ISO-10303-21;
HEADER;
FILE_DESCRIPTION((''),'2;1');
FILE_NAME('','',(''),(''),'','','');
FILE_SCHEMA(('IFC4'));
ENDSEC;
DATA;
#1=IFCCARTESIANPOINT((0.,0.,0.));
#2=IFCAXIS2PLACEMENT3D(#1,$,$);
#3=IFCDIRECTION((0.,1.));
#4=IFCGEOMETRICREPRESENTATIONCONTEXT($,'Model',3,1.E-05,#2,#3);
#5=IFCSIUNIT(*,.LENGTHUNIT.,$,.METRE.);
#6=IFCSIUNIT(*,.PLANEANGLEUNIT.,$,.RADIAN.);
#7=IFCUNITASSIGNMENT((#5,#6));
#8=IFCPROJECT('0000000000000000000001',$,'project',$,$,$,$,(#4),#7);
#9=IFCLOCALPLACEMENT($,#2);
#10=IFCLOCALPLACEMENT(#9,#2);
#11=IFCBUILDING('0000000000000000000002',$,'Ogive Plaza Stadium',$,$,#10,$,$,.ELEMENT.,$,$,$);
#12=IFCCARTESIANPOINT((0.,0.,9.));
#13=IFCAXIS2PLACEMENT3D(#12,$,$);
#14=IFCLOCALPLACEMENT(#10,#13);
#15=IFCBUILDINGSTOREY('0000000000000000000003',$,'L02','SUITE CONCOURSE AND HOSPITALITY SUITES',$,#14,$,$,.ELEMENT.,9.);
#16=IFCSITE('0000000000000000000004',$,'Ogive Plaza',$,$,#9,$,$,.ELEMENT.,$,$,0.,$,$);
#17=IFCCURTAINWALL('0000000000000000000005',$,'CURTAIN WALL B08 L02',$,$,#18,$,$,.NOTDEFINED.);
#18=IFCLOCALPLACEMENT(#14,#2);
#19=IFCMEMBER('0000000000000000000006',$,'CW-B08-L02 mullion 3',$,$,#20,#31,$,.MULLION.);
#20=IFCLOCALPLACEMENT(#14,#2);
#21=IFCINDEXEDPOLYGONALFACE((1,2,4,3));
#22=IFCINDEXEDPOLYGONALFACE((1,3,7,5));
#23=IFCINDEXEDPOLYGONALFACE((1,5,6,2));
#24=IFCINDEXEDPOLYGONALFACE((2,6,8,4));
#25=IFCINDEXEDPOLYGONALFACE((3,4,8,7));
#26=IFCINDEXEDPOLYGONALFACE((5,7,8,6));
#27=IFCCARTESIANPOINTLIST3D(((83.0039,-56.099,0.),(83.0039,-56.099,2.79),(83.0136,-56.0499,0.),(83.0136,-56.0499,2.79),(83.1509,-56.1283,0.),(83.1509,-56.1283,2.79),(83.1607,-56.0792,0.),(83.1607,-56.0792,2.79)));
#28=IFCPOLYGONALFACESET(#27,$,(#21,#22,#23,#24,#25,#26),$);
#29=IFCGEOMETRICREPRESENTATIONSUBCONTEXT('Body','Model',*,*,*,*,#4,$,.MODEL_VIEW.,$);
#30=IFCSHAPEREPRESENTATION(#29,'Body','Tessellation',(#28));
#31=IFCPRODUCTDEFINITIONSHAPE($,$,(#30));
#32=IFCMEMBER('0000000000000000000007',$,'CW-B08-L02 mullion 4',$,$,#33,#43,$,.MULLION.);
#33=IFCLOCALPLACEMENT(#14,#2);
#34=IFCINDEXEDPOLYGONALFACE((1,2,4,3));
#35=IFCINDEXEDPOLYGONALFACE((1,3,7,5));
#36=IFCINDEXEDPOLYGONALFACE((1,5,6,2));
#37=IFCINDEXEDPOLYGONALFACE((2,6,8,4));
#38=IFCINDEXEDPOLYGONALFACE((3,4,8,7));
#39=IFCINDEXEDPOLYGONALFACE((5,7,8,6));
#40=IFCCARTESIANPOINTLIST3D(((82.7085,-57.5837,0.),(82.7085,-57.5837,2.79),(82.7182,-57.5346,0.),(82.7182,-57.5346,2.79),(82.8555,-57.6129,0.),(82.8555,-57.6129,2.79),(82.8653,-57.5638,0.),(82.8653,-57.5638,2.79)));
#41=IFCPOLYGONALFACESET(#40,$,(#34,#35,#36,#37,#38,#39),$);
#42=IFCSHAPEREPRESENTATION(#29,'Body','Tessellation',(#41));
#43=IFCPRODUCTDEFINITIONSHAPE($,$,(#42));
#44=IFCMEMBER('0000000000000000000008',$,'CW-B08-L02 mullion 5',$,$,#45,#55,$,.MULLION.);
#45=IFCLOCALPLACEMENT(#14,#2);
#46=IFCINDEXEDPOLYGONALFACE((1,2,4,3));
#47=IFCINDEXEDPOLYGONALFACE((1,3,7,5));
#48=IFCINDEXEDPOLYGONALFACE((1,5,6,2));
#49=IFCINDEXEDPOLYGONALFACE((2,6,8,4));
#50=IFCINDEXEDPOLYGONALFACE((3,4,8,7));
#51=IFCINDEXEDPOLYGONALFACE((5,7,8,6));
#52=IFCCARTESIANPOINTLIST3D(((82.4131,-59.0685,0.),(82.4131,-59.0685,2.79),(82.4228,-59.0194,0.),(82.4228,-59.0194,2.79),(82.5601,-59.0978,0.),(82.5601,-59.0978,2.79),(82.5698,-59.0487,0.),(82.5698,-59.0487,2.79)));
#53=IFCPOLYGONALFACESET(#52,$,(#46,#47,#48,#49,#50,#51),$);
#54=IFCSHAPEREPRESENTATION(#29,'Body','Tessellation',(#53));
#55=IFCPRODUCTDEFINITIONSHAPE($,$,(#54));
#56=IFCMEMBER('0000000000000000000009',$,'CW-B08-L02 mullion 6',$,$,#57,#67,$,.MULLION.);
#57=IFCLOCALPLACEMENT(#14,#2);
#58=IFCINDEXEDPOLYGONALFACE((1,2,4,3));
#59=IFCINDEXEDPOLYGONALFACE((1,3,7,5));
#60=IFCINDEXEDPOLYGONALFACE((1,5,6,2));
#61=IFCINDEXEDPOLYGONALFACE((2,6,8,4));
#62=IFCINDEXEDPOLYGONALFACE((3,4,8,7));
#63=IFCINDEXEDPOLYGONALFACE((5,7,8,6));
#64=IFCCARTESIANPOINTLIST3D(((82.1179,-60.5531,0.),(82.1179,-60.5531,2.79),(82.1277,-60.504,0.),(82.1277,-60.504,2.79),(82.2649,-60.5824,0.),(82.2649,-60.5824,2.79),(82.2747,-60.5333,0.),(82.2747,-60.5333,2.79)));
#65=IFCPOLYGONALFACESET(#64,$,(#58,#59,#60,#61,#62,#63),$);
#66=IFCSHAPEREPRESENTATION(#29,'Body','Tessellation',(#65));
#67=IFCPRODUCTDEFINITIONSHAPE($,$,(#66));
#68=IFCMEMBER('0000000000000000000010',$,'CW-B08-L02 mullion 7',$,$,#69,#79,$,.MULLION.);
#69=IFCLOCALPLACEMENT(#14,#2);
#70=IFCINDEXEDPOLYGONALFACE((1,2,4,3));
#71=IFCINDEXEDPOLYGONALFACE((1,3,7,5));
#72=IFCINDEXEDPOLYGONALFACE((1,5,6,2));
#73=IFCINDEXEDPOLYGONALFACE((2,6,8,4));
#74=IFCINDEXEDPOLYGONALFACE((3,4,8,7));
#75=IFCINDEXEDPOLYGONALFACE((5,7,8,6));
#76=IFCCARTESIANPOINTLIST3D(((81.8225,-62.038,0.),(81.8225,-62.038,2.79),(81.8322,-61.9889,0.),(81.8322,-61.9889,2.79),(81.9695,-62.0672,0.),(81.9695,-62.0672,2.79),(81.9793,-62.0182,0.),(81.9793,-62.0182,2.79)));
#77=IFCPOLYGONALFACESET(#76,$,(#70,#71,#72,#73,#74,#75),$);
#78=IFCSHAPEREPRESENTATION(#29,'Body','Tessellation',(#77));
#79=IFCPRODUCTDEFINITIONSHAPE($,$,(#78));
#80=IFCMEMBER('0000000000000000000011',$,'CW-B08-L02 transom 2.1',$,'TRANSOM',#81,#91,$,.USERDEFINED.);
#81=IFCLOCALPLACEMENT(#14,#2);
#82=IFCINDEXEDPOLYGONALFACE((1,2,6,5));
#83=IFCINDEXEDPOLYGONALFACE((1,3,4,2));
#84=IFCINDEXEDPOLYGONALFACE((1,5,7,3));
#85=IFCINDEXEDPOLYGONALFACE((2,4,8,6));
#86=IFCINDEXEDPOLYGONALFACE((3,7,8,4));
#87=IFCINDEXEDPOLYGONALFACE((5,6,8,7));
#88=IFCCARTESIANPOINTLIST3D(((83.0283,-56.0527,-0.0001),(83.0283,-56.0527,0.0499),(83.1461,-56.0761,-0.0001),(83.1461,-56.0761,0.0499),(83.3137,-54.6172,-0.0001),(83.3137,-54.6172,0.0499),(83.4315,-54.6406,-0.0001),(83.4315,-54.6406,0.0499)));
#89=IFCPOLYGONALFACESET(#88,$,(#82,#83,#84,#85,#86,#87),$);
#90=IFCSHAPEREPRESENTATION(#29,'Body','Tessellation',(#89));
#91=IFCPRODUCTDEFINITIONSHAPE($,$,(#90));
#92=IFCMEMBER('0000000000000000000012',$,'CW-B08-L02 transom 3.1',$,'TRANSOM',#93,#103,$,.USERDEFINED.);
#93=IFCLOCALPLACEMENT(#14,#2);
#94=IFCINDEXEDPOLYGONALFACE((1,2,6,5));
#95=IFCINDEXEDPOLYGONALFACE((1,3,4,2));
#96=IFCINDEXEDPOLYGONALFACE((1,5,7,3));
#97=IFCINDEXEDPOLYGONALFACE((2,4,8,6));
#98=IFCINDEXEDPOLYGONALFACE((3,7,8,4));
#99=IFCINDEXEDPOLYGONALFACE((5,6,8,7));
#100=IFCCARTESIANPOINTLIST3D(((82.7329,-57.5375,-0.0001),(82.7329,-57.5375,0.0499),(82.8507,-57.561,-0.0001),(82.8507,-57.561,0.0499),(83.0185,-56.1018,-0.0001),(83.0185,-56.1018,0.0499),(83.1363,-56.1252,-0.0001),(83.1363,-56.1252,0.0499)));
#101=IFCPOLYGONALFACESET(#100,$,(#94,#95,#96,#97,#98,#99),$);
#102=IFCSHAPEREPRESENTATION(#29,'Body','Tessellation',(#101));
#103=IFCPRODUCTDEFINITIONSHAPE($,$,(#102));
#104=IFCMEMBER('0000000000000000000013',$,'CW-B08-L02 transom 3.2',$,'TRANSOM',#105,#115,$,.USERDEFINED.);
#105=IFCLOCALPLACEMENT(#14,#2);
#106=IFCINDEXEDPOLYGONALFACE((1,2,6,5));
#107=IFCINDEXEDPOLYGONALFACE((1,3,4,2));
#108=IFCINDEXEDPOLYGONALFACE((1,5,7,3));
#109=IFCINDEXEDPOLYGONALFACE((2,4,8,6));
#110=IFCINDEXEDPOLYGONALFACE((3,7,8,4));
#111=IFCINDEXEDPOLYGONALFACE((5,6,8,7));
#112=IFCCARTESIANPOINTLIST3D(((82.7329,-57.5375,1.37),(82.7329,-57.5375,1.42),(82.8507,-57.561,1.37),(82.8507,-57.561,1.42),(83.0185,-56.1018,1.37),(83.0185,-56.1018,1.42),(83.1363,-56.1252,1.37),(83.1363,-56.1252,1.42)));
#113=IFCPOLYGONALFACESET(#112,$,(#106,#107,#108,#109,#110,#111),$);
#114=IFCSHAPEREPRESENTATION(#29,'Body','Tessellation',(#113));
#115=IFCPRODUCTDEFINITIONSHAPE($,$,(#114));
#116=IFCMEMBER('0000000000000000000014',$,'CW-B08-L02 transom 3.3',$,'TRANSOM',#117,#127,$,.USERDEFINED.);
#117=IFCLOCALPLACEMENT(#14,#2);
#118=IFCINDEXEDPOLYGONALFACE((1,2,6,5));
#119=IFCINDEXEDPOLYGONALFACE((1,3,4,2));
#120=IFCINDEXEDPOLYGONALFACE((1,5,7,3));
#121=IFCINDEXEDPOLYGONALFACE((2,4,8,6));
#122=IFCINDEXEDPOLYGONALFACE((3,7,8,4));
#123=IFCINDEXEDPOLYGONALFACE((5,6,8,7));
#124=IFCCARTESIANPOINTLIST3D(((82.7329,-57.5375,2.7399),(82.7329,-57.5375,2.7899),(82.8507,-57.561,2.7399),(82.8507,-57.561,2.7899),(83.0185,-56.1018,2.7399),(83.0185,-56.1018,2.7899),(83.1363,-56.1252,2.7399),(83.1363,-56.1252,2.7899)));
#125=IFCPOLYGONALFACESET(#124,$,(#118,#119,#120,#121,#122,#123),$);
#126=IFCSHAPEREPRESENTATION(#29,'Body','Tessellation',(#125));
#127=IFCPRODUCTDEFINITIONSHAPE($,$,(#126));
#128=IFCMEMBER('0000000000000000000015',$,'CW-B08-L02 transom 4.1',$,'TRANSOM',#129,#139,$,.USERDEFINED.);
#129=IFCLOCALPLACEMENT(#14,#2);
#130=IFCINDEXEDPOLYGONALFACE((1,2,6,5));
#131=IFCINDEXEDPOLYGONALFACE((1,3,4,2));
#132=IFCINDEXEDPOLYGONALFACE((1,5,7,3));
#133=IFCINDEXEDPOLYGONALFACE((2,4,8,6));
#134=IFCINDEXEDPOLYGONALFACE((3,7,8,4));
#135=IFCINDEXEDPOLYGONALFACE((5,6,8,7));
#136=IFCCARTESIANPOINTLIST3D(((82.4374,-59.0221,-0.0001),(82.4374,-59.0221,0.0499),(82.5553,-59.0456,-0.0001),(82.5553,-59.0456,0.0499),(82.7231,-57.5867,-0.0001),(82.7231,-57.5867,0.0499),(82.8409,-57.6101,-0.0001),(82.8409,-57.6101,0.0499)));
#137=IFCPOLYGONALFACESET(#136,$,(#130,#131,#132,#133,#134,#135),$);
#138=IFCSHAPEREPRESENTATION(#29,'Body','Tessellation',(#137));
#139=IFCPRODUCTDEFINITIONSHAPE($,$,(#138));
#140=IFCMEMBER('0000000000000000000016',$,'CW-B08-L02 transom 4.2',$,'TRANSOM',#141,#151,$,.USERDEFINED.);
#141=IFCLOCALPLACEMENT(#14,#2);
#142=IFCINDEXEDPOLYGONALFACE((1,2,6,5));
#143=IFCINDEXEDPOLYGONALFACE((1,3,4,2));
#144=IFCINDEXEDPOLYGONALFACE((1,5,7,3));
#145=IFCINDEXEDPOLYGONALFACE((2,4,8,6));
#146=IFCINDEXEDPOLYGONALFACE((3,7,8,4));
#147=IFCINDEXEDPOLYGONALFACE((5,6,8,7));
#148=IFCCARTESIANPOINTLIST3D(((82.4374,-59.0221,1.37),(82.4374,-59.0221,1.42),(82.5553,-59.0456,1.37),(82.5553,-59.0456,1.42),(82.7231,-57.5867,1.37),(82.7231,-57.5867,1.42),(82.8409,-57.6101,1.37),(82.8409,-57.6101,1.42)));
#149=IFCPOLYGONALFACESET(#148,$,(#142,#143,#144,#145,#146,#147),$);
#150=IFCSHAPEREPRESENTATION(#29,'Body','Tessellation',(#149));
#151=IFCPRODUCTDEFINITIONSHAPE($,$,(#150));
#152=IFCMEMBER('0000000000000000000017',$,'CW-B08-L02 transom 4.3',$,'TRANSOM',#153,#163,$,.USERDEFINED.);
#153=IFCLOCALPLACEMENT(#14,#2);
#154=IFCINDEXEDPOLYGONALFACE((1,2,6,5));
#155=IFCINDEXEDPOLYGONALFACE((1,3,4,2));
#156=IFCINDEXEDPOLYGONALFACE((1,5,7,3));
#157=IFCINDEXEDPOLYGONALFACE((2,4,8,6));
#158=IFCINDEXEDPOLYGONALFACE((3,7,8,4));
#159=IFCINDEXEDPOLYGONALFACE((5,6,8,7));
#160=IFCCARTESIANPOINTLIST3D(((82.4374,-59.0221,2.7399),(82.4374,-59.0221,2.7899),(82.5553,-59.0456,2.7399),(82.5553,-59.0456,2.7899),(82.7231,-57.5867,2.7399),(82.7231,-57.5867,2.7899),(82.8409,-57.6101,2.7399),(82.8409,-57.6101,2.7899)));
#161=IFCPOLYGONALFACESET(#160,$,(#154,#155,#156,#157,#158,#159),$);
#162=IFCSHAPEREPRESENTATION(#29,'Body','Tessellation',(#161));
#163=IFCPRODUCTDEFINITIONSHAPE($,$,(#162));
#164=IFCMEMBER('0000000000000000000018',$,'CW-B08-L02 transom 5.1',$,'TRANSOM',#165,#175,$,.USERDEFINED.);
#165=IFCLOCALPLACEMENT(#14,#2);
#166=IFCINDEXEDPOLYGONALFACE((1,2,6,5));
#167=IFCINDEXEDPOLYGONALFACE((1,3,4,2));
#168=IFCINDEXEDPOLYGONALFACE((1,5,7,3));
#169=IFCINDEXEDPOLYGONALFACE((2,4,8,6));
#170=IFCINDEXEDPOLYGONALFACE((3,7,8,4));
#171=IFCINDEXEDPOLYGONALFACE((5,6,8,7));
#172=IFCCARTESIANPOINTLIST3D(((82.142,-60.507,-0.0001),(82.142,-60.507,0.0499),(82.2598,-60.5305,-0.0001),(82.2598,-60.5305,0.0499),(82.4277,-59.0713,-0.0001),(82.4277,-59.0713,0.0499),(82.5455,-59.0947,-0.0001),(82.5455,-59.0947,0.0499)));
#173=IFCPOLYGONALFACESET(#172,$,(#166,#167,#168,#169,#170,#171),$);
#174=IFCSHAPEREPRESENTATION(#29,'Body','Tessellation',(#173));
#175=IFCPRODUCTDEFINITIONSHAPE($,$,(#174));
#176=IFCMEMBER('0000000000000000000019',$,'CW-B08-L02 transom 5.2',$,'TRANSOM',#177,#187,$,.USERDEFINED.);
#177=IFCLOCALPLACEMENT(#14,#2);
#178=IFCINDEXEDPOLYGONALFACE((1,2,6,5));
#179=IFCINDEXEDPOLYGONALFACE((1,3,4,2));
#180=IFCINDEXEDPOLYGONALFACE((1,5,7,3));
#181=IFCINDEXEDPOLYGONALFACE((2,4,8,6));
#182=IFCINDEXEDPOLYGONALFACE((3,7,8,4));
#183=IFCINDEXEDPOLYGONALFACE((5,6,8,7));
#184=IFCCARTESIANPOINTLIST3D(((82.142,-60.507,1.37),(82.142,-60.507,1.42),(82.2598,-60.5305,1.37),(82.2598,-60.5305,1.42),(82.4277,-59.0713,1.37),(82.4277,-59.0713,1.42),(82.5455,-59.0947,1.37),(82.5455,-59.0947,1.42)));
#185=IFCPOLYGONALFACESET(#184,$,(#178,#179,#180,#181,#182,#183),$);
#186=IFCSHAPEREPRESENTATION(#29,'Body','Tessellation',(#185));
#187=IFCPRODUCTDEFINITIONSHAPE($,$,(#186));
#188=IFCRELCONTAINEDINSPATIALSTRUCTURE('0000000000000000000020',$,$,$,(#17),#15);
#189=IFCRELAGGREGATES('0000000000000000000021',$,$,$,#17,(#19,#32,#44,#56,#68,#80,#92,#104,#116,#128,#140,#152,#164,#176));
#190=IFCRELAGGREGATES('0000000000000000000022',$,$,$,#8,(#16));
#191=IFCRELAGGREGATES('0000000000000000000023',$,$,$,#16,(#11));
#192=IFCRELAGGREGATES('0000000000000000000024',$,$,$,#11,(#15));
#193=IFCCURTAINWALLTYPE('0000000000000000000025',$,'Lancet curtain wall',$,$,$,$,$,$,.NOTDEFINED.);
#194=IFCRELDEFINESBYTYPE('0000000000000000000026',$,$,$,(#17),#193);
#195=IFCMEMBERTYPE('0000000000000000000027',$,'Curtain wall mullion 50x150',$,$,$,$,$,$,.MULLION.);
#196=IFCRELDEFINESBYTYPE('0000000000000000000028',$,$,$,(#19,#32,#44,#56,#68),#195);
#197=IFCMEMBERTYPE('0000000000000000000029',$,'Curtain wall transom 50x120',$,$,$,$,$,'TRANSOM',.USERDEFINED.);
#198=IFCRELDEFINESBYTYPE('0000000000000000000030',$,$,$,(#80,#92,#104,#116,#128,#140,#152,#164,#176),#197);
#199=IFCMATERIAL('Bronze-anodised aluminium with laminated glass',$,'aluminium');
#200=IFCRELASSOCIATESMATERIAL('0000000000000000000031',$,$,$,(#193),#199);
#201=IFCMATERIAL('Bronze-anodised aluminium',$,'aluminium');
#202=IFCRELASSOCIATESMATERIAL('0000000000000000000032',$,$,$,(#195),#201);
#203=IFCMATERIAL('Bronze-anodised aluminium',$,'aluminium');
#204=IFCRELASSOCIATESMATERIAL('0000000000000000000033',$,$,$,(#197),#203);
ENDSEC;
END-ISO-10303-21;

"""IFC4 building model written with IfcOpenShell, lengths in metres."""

from ifc_helpers import new_model, si_unit, direction, frame, origin, origin_2d, place, context, subcontext, project, spatial, rectangle, extrude, material, material_profile, profile_set, type_object, element, aggregate, save


model = new_model("IFC4")

# Units and contexts
model_context = context("Model", 3, precision=1e-05, world=origin(), true_north=direction((0.0, 1.0)))
body_context = subcontext(model_context, "Body", "Model", "MODEL_VIEW")
ifc_project = project(units=[si_unit("LENGTHUNIT", "METRE"), si_unit("PLANEANGLEUNIT", "RADIAN")], contexts=[model_context])

# Site, building, storey
site_placement = place(None, origin())
site = spatial("IfcSite", under=ifc_project, at=site_placement, Name="Ogive Plaza", CompositionType="ELEMENT", RefElevation=0.0)
building_placement = place(site_placement, origin())
building = spatial("IfcBuilding", under=site, at=building_placement, Name="Ogive Plaza Stadium", CompositionType="ELEMENT")
storey_placement = place(building_placement, frame((0.0, 0.0, 9.0)))
storey = spatial("IfcBuildingStorey", under=building, at=storey_placement, Name="L02", Description="SUITE CONCOURSE AND HOSPITALITY SUITES", CompositionType="ELEMENT", Elevation=9.0)

# Curtain wall, members
ifc_material_1 = material(Name="Bronze-anodised aluminium with laminated glass", Category="aluminium")
curtain_wall_type = type_object("IfcCurtainWallType", Name="Lancet curtain wall", PredefinedType="NOTDEFINED", material=ifc_material_1)
curtain_wall_placement = place(storey_placement, origin())
curtain_wall = element("IfcCurtainWall", 1, at=curtain_wall_placement, inside=storey, type_object=curtain_wall_type, Name="CURTAIN WALL B08 L02", PredefinedType="NOTDEFINED")
ifc_material_2 = material(Name="Bronze-anodised aluminium", Category="aluminium")
ifc_material_profile_1 = material_profile(ifc_material_2, rectangle(XDim=0.1499, YDim=0.05, at=origin_2d()), Name="AL 150x50")
ifc_profile_set_1 = profile_set([ifc_material_profile_1], Name="Bronze-anodised aluminium")
member_type_1 = type_object("IfcMemberType", Name="Curtain wall mullion 50x150", PredefinedType="MULLION", material=ifc_profile_set_1)
member_1_placement = place(storey_placement, frame((83.0823, -56.0891, 0.0), z_axis=(0.0, 0.0, 1.0), x_axis=(0.980785, -0.19509, 0.0)))
member_1 = element("IfcMember", 2, at=member_1_placement, type_object=member_type_1, Name="CW-B08-L02 mullion 3", PredefinedType="MULLION", context=body_context, shape_type="SweptSolid", body=[
    extrude(rectangle(XDim=0.1499, YDim=0.05, at=origin_2d()), origin(), (0.0, 0.0, 1.0), 2.79),
])
member_2_placement = place(storey_placement, frame((82.7869, -57.5737, 0.0), z_axis=(0.0, 0.0, 1.0), x_axis=(0.980785, -0.19509, 0.0)))
member_2 = element("IfcMember", 3, at=member_2_placement, type_object=member_type_1, Name="CW-B08-L02 mullion 4", PredefinedType="MULLION", context=body_context, shape_type="SweptSolid", body=[
    extrude(rectangle(XDim=0.1499, YDim=0.05, at=origin_2d()), origin(), (0.0, 0.0, 1.0), 2.79),
])
member_3_placement = place(storey_placement, frame((82.4915, -59.0586, 0.0), z_axis=(0.0, 0.0, 1.0), x_axis=(0.980785, -0.19509, 0.0)))
member_3 = element("IfcMember", 4, at=member_3_placement, type_object=member_type_1, Name="CW-B08-L02 mullion 5", PredefinedType="MULLION", context=body_context, shape_type="SweptSolid", body=[
    extrude(rectangle(XDim=0.1499, YDim=0.05, at=origin_2d()), origin(), (0.0, 0.0, 1.0), 2.79),
])
member_4_placement = place(storey_placement, frame((82.1963, -60.5432, 0.0), z_axis=(0.0, 0.0, 1.0), x_axis=(0.980785, -0.19509, 0.0)))
member_4 = element("IfcMember", 5, at=member_4_placement, type_object=member_type_1, Name="CW-B08-L02 mullion 6", PredefinedType="MULLION", context=body_context, shape_type="SweptSolid", body=[
    extrude(rectangle(XDim=0.1499, YDim=0.05, at=origin_2d()), origin(), (0.0, 0.0, 1.0), 2.79),
])
member_5_placement = place(storey_placement, frame((81.9009, -62.0281, 0.0), z_axis=(0.0, 0.0, 1.0), x_axis=(0.980785, -0.19509, 0.0)))
member_5 = element("IfcMember", 6, at=member_5_placement, type_object=member_type_1, Name="CW-B08-L02 mullion 7", PredefinedType="MULLION", context=body_context, shape_type="SweptSolid", body=[
    extrude(rectangle(XDim=0.1499, YDim=0.05, at=origin_2d()), origin(), (0.0, 0.0, 1.0), 2.79),
])
ifc_material_3 = material(Name="Bronze-anodised aluminium", Category="aluminium")
ifc_material_profile_2 = material_profile(ifc_material_3, rectangle(XDim=0.1201, YDim=0.05, at=origin_2d()), Name="AL 120x50")
ifc_profile_set_2 = profile_set([ifc_material_profile_2], Name="Bronze-anodised aluminium")
member_type_2 = type_object("IfcMemberType", Name="Curtain wall transom 50x120", ElementType="TRANSOM", PredefinedType="USERDEFINED", material=ifc_profile_set_2)
member_6_placement = place(storey_placement, frame((83.3726, -54.6289, 0.0249), z_axis=(-0.194993, -0.980805, 0.0), x_axis=(0.980805, -0.194993, 0.0)))
member_6 = element("IfcMember", 7, at=member_6_placement, type_object=member_type_2, Name="CW-B08-L02 transom 2.1", ObjectType="TRANSOM", PredefinedType="USERDEFINED", context=body_context, shape_type="SweptSolid", body=[
    extrude(rectangle(XDim=0.1201, YDim=0.05, at=origin_2d()), origin(), (0.0, 0.0, 1.0), 1.4636),
])
member_7_placement = place(storey_placement, frame((83.0774, -56.1135, 0.0249), z_axis=(-0.195122, -0.980779, 0.0), x_axis=(0.980779, -0.195122, 0.0)))
member_7 = element("IfcMember", 8, at=member_7_placement, type_object=member_type_2, Name="CW-B08-L02 transom 3.1", ObjectType="TRANSOM", PredefinedType="USERDEFINED", context=body_context, shape_type="SweptSolid", body=[
    extrude(rectangle(XDim=0.1201, YDim=0.05, at=origin_2d()), origin(), (0.0, 0.0, 1.0), 1.4639),
])
member_8_placement = place(storey_placement, frame((83.0774, -56.1135, 1.395), z_axis=(-0.195122, -0.980779, 0.0), x_axis=(0.980779, -0.195122, 0.0)))
member_8 = element("IfcMember", 9, at=member_8_placement, type_object=member_type_2, Name="CW-B08-L02 transom 3.2", ObjectType="TRANSOM", PredefinedType="USERDEFINED", context=body_context, shape_type="SweptSolid", body=[
    extrude(rectangle(XDim=0.1201, YDim=0.05, at=origin_2d()), origin(), (0.0, 0.0, 1.0), 1.4639),
])
member_9_placement = place(storey_placement, frame((83.0774, -56.1135, 2.7649), z_axis=(-0.195122, -0.980779, 0.0), x_axis=(0.980779, -0.195122, 0.0)))
member_9 = element("IfcMember", 10, at=member_9_placement, type_object=member_type_2, Name="CW-B08-L02 transom 3.3", ObjectType="TRANSOM", PredefinedType="USERDEFINED", context=body_context, shape_type="SweptSolid", body=[
    extrude(rectangle(XDim=0.1201, YDim=0.05, at=origin_2d()), origin(), (0.0, 0.0, 1.0), 1.4639),
])
member_10_placement = place(storey_placement, frame((82.782, -57.5984, 0.0249), z_axis=(-0.195154, -0.980773, 0.0), x_axis=(0.980773, -0.195154, 0.0)))
member_10 = element("IfcMember", 11, at=member_10_placement, type_object=member_type_2, Name="CW-B08-L02 transom 4.1", ObjectType="TRANSOM", PredefinedType="USERDEFINED", context=body_context, shape_type="SweptSolid", body=[
    extrude(rectangle(XDim=0.1201, YDim=0.05, at=origin_2d()), origin(), (0.0, 0.0, 1.0), 1.4636),
])
member_11_placement = place(storey_placement, frame((82.782, -57.5984, 1.395), z_axis=(-0.195154, -0.980773, 0.0), x_axis=(0.980773, -0.195154, 0.0)))
member_11 = element("IfcMember", 12, at=member_11_placement, type_object=member_type_2, Name="CW-B08-L02 transom 4.2", ObjectType="TRANSOM", PredefinedType="USERDEFINED", context=body_context, shape_type="SweptSolid", body=[
    extrude(rectangle(XDim=0.1201, YDim=0.05, at=origin_2d()), origin(), (0.0, 0.0, 1.0), 1.4636),
])
member_12_placement = place(storey_placement, frame((82.782, -57.5984, 2.7649), z_axis=(-0.195154, -0.980773, 0.0), x_axis=(0.980773, -0.195154, 0.0)))
member_12 = element("IfcMember", 13, at=member_12_placement, type_object=member_type_2, Name="CW-B08-L02 transom 4.3", ObjectType="TRANSOM", PredefinedType="USERDEFINED", context=body_context, shape_type="SweptSolid", body=[
    extrude(rectangle(XDim=0.1201, YDim=0.05, at=origin_2d()), origin(), (0.0, 0.0, 1.0), 1.4636),
])
member_13_placement = place(storey_placement, frame((82.4866, -59.083, 0.0249), z_axis=(-0.195122, -0.980779, 0.0), x_axis=(0.980779, -0.195122, 0.0)))
member_13 = element("IfcMember", 14, at=member_13_placement, type_object=member_type_2, Name="CW-B08-L02 transom 5.1", ObjectType="TRANSOM", PredefinedType="USERDEFINED", context=body_context, shape_type="SweptSolid", body=[
    extrude(rectangle(XDim=0.1201, YDim=0.05, at=origin_2d()), origin(), (0.0, 0.0, 1.0), 1.4639),
])
member_14_placement = place(storey_placement, frame((82.4866, -59.083, 1.395), z_axis=(-0.195122, -0.980779, 0.0), x_axis=(0.980779, -0.195122, 0.0)))
member_14 = element("IfcMember", 15, at=member_14_placement, type_object=member_type_2, Name="CW-B08-L02 transom 5.2", ObjectType="TRANSOM", PredefinedType="USERDEFINED", context=body_context, shape_type="SweptSolid", body=[
    extrude(rectangle(XDim=0.1201, YDim=0.05, at=origin_2d()), origin(), (0.0, 0.0, 1.0), 1.4639),
])
aggregate(curtain_wall, [member_1, member_2, member_3, member_4, member_5, member_6, member_7, member_8, member_9, member_10, member_11, member_12, member_13, member_14])

save(model, "model.ifc")
